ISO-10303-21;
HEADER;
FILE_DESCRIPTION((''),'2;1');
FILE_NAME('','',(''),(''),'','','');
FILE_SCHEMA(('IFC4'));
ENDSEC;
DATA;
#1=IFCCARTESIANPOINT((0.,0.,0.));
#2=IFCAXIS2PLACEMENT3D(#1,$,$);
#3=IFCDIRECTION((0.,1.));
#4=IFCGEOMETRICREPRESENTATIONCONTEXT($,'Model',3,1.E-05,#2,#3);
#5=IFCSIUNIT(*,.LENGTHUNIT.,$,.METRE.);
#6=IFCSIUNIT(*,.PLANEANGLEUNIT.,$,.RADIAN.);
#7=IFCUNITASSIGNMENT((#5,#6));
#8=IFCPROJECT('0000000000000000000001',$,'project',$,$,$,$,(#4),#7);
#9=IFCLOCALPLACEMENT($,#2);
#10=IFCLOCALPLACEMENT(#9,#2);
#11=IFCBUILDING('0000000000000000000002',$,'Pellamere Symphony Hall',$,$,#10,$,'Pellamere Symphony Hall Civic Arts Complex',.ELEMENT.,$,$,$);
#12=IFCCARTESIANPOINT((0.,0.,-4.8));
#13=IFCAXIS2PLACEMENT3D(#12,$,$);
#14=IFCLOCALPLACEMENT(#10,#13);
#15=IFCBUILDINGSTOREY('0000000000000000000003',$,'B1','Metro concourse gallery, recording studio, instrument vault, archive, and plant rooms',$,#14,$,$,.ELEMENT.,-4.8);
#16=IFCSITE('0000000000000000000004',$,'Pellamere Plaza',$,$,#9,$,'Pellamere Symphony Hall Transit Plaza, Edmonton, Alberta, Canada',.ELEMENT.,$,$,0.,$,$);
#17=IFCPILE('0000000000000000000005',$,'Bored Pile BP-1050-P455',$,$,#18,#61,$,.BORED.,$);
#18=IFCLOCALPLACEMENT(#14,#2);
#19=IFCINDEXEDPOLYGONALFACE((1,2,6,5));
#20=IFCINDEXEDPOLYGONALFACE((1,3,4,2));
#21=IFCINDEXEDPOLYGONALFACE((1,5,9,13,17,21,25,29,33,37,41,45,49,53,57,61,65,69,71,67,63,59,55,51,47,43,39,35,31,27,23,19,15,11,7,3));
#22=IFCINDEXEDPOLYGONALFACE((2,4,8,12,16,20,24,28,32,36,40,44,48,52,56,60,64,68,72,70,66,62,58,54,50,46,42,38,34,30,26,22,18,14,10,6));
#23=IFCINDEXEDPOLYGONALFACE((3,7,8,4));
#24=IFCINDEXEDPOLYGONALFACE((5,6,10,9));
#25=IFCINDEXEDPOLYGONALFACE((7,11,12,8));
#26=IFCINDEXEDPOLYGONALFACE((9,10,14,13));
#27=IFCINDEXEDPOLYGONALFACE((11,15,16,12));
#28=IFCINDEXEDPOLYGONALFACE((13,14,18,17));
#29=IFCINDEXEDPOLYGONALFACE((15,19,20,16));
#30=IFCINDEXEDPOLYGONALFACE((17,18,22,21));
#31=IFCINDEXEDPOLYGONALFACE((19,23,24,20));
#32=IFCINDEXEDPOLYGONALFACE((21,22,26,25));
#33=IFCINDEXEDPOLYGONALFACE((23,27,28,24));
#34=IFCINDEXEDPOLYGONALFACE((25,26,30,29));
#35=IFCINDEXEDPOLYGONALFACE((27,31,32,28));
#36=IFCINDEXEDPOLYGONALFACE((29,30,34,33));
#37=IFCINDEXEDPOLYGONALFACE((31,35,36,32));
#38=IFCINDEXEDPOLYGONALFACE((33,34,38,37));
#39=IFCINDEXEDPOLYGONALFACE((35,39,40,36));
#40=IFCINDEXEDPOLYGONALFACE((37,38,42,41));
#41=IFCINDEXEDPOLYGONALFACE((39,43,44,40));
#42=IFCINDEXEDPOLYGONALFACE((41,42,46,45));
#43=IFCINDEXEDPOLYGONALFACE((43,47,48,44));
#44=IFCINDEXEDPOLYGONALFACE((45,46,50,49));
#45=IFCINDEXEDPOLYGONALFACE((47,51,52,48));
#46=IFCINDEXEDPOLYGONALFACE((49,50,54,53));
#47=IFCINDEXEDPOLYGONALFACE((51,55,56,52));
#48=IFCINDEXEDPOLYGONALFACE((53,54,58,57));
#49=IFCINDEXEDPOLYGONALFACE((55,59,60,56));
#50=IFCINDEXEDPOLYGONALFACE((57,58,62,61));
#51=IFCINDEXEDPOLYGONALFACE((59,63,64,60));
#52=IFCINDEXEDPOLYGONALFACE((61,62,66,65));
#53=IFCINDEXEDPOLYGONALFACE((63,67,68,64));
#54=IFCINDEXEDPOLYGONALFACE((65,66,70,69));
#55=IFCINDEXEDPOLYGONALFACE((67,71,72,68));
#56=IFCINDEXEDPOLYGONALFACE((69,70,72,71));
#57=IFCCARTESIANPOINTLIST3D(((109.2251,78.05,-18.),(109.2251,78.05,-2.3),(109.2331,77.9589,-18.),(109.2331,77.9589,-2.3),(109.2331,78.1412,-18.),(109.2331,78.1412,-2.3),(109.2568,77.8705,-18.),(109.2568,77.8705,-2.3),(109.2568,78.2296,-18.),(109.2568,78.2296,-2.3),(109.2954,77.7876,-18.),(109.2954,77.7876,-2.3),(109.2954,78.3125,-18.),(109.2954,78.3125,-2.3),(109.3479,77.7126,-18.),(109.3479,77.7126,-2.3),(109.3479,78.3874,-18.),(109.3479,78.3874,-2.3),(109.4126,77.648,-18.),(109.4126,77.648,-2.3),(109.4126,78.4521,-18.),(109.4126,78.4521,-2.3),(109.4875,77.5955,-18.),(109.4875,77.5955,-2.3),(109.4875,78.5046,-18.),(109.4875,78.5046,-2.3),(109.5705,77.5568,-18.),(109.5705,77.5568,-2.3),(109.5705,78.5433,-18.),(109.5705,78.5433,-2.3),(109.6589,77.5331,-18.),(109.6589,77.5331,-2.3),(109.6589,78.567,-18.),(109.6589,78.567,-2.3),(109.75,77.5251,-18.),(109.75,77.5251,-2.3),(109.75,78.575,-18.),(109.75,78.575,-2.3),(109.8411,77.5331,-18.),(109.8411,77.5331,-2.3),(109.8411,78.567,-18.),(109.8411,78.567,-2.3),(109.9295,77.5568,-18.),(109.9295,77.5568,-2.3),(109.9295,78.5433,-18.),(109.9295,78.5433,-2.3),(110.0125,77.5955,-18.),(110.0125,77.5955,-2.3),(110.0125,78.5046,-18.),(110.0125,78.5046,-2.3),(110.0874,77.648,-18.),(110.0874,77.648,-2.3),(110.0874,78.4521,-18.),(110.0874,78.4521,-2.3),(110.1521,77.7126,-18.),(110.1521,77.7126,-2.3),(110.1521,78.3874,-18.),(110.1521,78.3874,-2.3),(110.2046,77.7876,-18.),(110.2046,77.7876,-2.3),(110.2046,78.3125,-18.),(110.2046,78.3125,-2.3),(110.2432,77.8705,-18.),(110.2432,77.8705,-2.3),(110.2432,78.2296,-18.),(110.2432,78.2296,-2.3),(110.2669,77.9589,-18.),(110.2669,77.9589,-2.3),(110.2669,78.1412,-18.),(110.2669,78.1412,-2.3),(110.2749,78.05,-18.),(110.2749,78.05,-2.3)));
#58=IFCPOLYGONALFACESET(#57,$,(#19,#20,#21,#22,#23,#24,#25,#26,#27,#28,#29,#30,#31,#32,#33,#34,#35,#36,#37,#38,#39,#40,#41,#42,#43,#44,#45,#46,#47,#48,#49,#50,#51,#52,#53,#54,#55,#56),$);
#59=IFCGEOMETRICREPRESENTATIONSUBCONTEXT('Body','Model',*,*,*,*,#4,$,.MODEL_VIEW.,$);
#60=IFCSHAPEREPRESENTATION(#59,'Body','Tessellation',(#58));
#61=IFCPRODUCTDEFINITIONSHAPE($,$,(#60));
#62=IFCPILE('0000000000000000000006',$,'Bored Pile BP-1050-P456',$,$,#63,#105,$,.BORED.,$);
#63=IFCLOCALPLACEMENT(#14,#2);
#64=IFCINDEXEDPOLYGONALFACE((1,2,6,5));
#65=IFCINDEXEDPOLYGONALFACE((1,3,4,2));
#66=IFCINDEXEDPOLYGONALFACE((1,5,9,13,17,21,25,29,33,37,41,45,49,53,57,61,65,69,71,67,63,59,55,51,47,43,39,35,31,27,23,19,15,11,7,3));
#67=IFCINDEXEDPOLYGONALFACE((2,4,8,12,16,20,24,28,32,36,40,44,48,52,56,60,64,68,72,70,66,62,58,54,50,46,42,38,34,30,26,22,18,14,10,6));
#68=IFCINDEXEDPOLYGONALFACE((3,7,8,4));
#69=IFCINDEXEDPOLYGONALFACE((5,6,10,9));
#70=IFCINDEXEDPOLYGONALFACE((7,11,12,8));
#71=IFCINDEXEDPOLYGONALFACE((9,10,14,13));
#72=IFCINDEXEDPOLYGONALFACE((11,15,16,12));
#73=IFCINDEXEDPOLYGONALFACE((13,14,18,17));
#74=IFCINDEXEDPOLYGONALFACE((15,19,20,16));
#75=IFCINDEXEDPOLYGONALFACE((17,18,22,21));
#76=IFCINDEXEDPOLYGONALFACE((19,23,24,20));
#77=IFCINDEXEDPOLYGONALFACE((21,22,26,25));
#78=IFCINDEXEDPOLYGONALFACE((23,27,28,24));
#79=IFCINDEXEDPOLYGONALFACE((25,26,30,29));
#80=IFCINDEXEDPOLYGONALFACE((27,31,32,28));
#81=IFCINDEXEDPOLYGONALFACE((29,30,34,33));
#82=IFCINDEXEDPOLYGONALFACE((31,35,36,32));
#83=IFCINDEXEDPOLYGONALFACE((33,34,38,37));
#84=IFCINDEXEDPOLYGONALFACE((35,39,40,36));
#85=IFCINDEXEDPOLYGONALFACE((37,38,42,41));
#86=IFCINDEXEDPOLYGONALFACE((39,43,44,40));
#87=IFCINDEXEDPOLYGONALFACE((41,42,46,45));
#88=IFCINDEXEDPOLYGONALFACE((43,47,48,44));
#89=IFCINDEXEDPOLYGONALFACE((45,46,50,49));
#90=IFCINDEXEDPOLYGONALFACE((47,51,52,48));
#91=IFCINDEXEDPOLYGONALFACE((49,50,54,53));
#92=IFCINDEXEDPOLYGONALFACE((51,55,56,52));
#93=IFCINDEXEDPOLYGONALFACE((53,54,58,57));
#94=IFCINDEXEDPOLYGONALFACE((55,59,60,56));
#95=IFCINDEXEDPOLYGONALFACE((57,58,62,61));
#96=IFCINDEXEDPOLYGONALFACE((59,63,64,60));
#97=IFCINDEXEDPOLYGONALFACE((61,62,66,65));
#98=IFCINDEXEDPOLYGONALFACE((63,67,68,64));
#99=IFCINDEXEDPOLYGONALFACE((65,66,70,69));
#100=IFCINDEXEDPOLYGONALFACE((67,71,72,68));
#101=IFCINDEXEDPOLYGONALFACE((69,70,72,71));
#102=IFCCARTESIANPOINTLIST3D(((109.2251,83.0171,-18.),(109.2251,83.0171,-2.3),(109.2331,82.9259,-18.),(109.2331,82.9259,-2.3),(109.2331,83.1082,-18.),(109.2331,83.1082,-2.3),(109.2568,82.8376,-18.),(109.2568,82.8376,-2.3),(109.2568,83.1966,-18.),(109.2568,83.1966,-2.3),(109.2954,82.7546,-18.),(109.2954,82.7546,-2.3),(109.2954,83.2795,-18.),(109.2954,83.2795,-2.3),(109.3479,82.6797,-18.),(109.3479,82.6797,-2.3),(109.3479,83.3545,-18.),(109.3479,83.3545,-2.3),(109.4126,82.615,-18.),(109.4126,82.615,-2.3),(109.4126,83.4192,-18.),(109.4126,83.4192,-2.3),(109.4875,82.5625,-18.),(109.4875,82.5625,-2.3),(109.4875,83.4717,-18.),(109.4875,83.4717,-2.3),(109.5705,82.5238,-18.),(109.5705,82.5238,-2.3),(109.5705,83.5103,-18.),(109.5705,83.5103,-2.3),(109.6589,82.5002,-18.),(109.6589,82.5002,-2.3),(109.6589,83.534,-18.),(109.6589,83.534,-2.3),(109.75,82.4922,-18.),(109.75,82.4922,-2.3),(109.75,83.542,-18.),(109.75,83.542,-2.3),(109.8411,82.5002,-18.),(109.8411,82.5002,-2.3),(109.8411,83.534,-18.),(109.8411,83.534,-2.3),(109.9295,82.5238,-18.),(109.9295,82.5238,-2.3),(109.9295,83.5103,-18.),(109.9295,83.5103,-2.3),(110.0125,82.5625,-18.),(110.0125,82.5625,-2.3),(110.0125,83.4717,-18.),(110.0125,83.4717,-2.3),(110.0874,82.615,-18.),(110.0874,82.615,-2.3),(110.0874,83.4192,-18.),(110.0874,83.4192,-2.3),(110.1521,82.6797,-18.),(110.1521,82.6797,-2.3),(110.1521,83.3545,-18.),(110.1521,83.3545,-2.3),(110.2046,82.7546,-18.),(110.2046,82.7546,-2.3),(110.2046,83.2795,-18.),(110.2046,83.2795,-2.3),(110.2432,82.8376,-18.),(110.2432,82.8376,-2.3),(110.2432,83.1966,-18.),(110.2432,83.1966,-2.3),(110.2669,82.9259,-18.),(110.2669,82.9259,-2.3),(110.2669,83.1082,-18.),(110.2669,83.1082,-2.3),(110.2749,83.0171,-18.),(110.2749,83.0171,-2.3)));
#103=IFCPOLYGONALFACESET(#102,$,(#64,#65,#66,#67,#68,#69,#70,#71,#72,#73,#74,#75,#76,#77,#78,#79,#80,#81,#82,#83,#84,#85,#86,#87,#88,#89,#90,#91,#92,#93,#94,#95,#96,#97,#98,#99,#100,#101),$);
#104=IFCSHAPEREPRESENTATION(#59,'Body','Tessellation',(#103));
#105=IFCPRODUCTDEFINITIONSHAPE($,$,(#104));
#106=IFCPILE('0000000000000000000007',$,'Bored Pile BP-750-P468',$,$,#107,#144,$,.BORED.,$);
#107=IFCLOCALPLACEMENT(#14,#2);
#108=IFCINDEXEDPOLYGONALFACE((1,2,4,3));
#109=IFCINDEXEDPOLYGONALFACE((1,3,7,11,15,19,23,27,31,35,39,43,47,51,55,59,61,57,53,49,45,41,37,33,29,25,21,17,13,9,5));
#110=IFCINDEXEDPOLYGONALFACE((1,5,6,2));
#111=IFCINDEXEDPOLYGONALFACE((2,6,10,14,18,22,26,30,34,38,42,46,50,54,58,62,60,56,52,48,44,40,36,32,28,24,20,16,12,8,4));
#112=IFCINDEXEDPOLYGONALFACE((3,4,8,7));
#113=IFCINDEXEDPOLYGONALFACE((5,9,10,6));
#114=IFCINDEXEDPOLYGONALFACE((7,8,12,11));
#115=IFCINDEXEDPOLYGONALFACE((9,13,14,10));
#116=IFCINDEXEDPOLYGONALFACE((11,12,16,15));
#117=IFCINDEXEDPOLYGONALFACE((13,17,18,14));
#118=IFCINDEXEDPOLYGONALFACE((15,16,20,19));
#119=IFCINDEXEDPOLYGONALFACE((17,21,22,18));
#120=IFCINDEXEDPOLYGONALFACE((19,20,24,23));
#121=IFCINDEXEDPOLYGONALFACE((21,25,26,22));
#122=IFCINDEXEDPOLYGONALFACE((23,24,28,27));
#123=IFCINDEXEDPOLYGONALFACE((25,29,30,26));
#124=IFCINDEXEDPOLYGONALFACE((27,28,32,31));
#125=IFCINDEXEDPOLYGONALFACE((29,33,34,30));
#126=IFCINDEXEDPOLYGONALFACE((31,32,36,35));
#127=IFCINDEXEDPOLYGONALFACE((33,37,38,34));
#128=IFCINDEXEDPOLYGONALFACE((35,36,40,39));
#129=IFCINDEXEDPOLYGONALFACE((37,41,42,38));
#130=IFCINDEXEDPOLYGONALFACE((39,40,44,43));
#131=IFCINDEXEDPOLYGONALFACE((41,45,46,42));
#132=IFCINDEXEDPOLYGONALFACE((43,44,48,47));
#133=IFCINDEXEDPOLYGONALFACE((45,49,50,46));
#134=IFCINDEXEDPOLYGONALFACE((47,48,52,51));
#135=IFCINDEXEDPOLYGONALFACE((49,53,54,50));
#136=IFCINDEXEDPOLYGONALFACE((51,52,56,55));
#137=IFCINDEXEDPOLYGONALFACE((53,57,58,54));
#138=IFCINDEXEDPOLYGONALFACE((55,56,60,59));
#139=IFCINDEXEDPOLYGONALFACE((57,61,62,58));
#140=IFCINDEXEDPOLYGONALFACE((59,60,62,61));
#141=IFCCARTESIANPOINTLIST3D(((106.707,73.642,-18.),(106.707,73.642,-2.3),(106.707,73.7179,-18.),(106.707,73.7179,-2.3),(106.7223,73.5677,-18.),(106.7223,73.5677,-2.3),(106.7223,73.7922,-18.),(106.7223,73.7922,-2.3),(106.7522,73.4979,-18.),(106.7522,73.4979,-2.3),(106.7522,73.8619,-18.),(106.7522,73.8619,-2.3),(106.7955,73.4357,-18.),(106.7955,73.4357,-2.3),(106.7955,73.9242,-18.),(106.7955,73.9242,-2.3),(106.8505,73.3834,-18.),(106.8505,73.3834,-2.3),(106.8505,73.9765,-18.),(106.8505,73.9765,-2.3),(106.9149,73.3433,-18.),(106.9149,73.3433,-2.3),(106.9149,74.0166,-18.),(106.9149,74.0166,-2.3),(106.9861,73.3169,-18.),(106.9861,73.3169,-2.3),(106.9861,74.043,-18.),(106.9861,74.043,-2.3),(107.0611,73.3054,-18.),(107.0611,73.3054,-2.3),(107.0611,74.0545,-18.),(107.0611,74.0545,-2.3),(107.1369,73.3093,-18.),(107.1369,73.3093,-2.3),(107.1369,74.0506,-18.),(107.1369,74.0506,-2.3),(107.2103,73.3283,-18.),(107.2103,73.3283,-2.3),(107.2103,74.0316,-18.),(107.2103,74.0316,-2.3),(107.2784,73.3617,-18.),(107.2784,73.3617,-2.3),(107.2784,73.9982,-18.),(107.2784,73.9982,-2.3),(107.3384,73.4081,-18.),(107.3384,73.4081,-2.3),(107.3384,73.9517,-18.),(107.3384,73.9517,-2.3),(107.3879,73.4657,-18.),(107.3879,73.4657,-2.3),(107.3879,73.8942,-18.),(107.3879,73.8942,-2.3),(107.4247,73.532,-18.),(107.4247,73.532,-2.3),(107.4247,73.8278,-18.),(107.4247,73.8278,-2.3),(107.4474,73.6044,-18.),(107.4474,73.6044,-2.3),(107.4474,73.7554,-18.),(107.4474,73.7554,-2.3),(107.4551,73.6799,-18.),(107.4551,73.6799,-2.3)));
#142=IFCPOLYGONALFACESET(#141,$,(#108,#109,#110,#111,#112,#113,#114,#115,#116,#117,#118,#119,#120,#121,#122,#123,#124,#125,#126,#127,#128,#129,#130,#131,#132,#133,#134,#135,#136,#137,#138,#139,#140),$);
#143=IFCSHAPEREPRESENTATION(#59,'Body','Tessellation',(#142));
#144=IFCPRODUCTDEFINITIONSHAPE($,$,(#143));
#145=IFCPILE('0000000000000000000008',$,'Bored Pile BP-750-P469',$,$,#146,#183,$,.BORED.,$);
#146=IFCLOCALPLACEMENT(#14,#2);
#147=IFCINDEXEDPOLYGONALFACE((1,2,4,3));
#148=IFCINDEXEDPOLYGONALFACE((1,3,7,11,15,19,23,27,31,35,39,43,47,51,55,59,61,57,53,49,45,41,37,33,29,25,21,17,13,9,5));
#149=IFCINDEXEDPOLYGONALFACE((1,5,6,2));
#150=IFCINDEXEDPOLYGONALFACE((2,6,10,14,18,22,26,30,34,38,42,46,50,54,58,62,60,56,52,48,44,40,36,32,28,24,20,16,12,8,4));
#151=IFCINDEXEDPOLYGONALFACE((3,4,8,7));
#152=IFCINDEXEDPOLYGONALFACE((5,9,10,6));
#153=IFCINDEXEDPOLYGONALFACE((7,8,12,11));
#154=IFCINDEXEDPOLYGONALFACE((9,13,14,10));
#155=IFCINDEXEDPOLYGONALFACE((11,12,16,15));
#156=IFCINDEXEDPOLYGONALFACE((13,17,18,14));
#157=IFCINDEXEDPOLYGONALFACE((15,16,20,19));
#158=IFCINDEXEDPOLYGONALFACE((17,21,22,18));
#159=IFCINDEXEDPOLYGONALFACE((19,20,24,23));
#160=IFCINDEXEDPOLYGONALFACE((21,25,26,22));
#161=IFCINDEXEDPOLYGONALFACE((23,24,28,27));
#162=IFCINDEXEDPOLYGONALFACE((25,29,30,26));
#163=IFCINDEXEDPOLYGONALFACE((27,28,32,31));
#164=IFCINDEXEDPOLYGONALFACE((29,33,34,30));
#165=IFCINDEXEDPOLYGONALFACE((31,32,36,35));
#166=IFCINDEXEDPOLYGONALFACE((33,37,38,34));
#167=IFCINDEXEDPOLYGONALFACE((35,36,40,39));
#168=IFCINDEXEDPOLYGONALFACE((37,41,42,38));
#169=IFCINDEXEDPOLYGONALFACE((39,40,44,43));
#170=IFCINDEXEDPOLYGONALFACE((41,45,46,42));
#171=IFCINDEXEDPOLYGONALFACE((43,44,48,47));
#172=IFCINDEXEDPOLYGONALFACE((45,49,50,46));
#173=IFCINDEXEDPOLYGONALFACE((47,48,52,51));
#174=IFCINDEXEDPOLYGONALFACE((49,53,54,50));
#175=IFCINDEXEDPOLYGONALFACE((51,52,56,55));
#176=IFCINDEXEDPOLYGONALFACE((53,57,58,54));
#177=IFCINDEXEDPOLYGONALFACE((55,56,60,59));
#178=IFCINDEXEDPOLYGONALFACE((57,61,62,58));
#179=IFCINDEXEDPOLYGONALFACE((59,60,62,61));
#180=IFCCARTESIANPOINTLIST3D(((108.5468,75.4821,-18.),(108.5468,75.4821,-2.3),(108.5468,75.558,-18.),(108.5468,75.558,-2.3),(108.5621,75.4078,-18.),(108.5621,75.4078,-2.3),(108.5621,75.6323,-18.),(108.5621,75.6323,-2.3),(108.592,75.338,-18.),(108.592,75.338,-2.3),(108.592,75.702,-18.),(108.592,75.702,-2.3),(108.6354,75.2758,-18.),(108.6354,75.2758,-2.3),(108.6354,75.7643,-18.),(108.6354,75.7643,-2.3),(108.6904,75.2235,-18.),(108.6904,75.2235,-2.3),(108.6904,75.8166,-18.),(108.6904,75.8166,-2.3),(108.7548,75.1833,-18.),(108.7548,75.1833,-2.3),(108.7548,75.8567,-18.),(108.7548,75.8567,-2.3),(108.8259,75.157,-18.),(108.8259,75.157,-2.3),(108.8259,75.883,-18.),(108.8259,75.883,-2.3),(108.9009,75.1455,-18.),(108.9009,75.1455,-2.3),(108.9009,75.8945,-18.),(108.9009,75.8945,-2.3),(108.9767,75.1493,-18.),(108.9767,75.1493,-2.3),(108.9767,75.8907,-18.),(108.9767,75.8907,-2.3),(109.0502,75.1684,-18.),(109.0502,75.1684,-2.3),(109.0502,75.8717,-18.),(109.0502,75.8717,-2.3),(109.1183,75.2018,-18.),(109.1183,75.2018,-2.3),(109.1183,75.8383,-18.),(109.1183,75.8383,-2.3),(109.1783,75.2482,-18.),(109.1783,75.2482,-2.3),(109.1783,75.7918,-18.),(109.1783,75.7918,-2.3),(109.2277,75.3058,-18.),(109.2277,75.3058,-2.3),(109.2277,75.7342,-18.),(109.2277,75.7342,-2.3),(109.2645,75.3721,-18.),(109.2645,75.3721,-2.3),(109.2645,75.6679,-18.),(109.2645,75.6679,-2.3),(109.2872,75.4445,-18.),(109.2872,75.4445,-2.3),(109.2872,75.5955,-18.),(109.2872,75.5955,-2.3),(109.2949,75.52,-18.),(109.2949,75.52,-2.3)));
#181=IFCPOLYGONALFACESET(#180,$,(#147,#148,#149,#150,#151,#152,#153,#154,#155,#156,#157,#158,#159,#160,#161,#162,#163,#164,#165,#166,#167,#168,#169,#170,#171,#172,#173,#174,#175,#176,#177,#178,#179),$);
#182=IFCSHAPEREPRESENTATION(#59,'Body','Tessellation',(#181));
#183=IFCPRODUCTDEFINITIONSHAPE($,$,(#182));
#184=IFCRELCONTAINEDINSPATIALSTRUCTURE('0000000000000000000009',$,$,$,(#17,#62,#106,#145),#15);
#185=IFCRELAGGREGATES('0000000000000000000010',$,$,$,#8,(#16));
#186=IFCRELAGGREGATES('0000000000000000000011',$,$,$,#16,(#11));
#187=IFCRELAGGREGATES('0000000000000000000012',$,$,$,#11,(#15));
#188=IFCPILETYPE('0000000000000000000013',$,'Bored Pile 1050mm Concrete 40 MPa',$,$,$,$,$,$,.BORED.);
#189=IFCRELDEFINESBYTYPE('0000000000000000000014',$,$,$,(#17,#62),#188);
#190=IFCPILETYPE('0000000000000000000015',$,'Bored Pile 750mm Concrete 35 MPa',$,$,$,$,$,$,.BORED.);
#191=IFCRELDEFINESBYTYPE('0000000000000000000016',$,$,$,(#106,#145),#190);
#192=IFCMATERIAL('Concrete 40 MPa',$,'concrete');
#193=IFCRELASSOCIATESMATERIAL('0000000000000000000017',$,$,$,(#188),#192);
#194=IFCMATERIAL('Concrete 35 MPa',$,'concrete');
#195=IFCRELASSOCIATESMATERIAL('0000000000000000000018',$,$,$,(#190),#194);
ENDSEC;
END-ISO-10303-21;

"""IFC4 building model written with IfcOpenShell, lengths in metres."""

from ifc_helpers import new_model, si_unit, direction, frame, origin, origin_2d, place, context, subcontext, project, spatial, circle, extrude, material, material_profile, profile_set, type_object, element, save


model = new_model("IFC4")

# Units and contexts
model_context = context("Model", 3, precision=1e-05, world=origin(), true_north=direction((0.0, 1.0)))
body_context = subcontext(model_context, "Body", "Model", "MODEL_VIEW")
ifc_project = project(units=[si_unit("LENGTHUNIT", "METRE"), si_unit("PLANEANGLEUNIT", "RADIAN")], contexts=[model_context])

# Site, building, storey
site_placement = place(None, origin())
site = spatial("IfcSite", under=ifc_project, at=site_placement, Name="Pellamere Plaza", LongName="Pellamere Symphony Hall Transit Plaza, Edmonton, Alberta, Canada", CompositionType="ELEMENT", RefElevation=0.0)
building_placement = place(site_placement, origin())
building = spatial("IfcBuilding", under=site, at=building_placement, Name="Pellamere Symphony Hall", LongName="Pellamere Symphony Hall Civic Arts Complex", CompositionType="ELEMENT")
storey_placement = place(building_placement, frame((0.0, 0.0, -4.8)))
storey = spatial("IfcBuildingStorey", under=building, at=storey_placement, Name="B1", Description="Metro concourse gallery, recording studio, instrument vault, archive, and plant rooms", CompositionType="ELEMENT", Elevation=-4.8)

# Piles
ifc_material_1 = material(Name="Concrete 40 MPa", Category="concrete")
ifc_material_profile_1 = material_profile(ifc_material_1, circle(Radius=0.5249, at=origin_2d()), Name="PILE D1050")
ifc_profile_set_1 = profile_set([ifc_material_profile_1], Name="Concrete 40 MPa")
pile_type_1 = type_object("IfcPileType", Name="Bored Pile 1050mm Concrete 40 MPa", PredefinedType="BORED", material=ifc_profile_set_1)
for number, where, z_axis, x_axis, name in (
    (1, (109.75, 78.05, -2.3), (0.0, 0.0, -1.0), (1.0, 0.0, 0.0), "Bored Pile BP-1050-P455"),
    (2, (109.75, 83.0171, -2.3), (0.0, 0.0, -1.0), (1.0, 0.0, 0.0), "Bored Pile BP-1050-P456"),
):
    element("IfcPile", number, at=place(storey_placement, frame(where, z_axis=z_axis, x_axis=x_axis)), inside=storey, type_object=pile_type_1, Name=name, PredefinedType="BORED", context=body_context, shape_type="SweptSolid", body=[
        extrude(circle(Radius=0.5249, at=origin_2d()), origin(), (0.0, 0.0, 1.0), 15.7),
    ])
ifc_material_2 = material(Name="Concrete 35 MPa", Category="concrete")
ifc_material_profile_2 = material_profile(ifc_material_2, circle(Radius=0.375, at=origin_2d()), Name="PILE D750")
ifc_profile_set_2 = profile_set([ifc_material_profile_2], Name="Concrete 35 MPa")
pile_type_2 = type_object("IfcPileType", Name="Bored Pile 750mm Concrete 35 MPa", PredefinedType="BORED", material=ifc_profile_set_2)
for number, where, z_axis, x_axis, name in (
    (3, (107.0801, 73.6799, -2.3), (0.0, 0.0, -1.0), (1.0, 0.0, 0.0), "Bored Pile BP-750-P468"),
    (4, (108.9199, 75.52, -2.3), (0.0, 0.0, -1.0), (1.0, 0.0, 0.0), "Bored Pile BP-750-P469"),
):
    element("IfcPile", number, at=place(storey_placement, frame(where, z_axis=z_axis, x_axis=x_axis)), inside=storey, type_object=pile_type_2, Name=name, PredefinedType="BORED", context=body_context, shape_type="SweptSolid", body=[
        extrude(circle(Radius=0.375, at=origin_2d()), origin(), (0.0, 0.0, 1.0), 15.7),
    ])

save(model, "model.ifc")
